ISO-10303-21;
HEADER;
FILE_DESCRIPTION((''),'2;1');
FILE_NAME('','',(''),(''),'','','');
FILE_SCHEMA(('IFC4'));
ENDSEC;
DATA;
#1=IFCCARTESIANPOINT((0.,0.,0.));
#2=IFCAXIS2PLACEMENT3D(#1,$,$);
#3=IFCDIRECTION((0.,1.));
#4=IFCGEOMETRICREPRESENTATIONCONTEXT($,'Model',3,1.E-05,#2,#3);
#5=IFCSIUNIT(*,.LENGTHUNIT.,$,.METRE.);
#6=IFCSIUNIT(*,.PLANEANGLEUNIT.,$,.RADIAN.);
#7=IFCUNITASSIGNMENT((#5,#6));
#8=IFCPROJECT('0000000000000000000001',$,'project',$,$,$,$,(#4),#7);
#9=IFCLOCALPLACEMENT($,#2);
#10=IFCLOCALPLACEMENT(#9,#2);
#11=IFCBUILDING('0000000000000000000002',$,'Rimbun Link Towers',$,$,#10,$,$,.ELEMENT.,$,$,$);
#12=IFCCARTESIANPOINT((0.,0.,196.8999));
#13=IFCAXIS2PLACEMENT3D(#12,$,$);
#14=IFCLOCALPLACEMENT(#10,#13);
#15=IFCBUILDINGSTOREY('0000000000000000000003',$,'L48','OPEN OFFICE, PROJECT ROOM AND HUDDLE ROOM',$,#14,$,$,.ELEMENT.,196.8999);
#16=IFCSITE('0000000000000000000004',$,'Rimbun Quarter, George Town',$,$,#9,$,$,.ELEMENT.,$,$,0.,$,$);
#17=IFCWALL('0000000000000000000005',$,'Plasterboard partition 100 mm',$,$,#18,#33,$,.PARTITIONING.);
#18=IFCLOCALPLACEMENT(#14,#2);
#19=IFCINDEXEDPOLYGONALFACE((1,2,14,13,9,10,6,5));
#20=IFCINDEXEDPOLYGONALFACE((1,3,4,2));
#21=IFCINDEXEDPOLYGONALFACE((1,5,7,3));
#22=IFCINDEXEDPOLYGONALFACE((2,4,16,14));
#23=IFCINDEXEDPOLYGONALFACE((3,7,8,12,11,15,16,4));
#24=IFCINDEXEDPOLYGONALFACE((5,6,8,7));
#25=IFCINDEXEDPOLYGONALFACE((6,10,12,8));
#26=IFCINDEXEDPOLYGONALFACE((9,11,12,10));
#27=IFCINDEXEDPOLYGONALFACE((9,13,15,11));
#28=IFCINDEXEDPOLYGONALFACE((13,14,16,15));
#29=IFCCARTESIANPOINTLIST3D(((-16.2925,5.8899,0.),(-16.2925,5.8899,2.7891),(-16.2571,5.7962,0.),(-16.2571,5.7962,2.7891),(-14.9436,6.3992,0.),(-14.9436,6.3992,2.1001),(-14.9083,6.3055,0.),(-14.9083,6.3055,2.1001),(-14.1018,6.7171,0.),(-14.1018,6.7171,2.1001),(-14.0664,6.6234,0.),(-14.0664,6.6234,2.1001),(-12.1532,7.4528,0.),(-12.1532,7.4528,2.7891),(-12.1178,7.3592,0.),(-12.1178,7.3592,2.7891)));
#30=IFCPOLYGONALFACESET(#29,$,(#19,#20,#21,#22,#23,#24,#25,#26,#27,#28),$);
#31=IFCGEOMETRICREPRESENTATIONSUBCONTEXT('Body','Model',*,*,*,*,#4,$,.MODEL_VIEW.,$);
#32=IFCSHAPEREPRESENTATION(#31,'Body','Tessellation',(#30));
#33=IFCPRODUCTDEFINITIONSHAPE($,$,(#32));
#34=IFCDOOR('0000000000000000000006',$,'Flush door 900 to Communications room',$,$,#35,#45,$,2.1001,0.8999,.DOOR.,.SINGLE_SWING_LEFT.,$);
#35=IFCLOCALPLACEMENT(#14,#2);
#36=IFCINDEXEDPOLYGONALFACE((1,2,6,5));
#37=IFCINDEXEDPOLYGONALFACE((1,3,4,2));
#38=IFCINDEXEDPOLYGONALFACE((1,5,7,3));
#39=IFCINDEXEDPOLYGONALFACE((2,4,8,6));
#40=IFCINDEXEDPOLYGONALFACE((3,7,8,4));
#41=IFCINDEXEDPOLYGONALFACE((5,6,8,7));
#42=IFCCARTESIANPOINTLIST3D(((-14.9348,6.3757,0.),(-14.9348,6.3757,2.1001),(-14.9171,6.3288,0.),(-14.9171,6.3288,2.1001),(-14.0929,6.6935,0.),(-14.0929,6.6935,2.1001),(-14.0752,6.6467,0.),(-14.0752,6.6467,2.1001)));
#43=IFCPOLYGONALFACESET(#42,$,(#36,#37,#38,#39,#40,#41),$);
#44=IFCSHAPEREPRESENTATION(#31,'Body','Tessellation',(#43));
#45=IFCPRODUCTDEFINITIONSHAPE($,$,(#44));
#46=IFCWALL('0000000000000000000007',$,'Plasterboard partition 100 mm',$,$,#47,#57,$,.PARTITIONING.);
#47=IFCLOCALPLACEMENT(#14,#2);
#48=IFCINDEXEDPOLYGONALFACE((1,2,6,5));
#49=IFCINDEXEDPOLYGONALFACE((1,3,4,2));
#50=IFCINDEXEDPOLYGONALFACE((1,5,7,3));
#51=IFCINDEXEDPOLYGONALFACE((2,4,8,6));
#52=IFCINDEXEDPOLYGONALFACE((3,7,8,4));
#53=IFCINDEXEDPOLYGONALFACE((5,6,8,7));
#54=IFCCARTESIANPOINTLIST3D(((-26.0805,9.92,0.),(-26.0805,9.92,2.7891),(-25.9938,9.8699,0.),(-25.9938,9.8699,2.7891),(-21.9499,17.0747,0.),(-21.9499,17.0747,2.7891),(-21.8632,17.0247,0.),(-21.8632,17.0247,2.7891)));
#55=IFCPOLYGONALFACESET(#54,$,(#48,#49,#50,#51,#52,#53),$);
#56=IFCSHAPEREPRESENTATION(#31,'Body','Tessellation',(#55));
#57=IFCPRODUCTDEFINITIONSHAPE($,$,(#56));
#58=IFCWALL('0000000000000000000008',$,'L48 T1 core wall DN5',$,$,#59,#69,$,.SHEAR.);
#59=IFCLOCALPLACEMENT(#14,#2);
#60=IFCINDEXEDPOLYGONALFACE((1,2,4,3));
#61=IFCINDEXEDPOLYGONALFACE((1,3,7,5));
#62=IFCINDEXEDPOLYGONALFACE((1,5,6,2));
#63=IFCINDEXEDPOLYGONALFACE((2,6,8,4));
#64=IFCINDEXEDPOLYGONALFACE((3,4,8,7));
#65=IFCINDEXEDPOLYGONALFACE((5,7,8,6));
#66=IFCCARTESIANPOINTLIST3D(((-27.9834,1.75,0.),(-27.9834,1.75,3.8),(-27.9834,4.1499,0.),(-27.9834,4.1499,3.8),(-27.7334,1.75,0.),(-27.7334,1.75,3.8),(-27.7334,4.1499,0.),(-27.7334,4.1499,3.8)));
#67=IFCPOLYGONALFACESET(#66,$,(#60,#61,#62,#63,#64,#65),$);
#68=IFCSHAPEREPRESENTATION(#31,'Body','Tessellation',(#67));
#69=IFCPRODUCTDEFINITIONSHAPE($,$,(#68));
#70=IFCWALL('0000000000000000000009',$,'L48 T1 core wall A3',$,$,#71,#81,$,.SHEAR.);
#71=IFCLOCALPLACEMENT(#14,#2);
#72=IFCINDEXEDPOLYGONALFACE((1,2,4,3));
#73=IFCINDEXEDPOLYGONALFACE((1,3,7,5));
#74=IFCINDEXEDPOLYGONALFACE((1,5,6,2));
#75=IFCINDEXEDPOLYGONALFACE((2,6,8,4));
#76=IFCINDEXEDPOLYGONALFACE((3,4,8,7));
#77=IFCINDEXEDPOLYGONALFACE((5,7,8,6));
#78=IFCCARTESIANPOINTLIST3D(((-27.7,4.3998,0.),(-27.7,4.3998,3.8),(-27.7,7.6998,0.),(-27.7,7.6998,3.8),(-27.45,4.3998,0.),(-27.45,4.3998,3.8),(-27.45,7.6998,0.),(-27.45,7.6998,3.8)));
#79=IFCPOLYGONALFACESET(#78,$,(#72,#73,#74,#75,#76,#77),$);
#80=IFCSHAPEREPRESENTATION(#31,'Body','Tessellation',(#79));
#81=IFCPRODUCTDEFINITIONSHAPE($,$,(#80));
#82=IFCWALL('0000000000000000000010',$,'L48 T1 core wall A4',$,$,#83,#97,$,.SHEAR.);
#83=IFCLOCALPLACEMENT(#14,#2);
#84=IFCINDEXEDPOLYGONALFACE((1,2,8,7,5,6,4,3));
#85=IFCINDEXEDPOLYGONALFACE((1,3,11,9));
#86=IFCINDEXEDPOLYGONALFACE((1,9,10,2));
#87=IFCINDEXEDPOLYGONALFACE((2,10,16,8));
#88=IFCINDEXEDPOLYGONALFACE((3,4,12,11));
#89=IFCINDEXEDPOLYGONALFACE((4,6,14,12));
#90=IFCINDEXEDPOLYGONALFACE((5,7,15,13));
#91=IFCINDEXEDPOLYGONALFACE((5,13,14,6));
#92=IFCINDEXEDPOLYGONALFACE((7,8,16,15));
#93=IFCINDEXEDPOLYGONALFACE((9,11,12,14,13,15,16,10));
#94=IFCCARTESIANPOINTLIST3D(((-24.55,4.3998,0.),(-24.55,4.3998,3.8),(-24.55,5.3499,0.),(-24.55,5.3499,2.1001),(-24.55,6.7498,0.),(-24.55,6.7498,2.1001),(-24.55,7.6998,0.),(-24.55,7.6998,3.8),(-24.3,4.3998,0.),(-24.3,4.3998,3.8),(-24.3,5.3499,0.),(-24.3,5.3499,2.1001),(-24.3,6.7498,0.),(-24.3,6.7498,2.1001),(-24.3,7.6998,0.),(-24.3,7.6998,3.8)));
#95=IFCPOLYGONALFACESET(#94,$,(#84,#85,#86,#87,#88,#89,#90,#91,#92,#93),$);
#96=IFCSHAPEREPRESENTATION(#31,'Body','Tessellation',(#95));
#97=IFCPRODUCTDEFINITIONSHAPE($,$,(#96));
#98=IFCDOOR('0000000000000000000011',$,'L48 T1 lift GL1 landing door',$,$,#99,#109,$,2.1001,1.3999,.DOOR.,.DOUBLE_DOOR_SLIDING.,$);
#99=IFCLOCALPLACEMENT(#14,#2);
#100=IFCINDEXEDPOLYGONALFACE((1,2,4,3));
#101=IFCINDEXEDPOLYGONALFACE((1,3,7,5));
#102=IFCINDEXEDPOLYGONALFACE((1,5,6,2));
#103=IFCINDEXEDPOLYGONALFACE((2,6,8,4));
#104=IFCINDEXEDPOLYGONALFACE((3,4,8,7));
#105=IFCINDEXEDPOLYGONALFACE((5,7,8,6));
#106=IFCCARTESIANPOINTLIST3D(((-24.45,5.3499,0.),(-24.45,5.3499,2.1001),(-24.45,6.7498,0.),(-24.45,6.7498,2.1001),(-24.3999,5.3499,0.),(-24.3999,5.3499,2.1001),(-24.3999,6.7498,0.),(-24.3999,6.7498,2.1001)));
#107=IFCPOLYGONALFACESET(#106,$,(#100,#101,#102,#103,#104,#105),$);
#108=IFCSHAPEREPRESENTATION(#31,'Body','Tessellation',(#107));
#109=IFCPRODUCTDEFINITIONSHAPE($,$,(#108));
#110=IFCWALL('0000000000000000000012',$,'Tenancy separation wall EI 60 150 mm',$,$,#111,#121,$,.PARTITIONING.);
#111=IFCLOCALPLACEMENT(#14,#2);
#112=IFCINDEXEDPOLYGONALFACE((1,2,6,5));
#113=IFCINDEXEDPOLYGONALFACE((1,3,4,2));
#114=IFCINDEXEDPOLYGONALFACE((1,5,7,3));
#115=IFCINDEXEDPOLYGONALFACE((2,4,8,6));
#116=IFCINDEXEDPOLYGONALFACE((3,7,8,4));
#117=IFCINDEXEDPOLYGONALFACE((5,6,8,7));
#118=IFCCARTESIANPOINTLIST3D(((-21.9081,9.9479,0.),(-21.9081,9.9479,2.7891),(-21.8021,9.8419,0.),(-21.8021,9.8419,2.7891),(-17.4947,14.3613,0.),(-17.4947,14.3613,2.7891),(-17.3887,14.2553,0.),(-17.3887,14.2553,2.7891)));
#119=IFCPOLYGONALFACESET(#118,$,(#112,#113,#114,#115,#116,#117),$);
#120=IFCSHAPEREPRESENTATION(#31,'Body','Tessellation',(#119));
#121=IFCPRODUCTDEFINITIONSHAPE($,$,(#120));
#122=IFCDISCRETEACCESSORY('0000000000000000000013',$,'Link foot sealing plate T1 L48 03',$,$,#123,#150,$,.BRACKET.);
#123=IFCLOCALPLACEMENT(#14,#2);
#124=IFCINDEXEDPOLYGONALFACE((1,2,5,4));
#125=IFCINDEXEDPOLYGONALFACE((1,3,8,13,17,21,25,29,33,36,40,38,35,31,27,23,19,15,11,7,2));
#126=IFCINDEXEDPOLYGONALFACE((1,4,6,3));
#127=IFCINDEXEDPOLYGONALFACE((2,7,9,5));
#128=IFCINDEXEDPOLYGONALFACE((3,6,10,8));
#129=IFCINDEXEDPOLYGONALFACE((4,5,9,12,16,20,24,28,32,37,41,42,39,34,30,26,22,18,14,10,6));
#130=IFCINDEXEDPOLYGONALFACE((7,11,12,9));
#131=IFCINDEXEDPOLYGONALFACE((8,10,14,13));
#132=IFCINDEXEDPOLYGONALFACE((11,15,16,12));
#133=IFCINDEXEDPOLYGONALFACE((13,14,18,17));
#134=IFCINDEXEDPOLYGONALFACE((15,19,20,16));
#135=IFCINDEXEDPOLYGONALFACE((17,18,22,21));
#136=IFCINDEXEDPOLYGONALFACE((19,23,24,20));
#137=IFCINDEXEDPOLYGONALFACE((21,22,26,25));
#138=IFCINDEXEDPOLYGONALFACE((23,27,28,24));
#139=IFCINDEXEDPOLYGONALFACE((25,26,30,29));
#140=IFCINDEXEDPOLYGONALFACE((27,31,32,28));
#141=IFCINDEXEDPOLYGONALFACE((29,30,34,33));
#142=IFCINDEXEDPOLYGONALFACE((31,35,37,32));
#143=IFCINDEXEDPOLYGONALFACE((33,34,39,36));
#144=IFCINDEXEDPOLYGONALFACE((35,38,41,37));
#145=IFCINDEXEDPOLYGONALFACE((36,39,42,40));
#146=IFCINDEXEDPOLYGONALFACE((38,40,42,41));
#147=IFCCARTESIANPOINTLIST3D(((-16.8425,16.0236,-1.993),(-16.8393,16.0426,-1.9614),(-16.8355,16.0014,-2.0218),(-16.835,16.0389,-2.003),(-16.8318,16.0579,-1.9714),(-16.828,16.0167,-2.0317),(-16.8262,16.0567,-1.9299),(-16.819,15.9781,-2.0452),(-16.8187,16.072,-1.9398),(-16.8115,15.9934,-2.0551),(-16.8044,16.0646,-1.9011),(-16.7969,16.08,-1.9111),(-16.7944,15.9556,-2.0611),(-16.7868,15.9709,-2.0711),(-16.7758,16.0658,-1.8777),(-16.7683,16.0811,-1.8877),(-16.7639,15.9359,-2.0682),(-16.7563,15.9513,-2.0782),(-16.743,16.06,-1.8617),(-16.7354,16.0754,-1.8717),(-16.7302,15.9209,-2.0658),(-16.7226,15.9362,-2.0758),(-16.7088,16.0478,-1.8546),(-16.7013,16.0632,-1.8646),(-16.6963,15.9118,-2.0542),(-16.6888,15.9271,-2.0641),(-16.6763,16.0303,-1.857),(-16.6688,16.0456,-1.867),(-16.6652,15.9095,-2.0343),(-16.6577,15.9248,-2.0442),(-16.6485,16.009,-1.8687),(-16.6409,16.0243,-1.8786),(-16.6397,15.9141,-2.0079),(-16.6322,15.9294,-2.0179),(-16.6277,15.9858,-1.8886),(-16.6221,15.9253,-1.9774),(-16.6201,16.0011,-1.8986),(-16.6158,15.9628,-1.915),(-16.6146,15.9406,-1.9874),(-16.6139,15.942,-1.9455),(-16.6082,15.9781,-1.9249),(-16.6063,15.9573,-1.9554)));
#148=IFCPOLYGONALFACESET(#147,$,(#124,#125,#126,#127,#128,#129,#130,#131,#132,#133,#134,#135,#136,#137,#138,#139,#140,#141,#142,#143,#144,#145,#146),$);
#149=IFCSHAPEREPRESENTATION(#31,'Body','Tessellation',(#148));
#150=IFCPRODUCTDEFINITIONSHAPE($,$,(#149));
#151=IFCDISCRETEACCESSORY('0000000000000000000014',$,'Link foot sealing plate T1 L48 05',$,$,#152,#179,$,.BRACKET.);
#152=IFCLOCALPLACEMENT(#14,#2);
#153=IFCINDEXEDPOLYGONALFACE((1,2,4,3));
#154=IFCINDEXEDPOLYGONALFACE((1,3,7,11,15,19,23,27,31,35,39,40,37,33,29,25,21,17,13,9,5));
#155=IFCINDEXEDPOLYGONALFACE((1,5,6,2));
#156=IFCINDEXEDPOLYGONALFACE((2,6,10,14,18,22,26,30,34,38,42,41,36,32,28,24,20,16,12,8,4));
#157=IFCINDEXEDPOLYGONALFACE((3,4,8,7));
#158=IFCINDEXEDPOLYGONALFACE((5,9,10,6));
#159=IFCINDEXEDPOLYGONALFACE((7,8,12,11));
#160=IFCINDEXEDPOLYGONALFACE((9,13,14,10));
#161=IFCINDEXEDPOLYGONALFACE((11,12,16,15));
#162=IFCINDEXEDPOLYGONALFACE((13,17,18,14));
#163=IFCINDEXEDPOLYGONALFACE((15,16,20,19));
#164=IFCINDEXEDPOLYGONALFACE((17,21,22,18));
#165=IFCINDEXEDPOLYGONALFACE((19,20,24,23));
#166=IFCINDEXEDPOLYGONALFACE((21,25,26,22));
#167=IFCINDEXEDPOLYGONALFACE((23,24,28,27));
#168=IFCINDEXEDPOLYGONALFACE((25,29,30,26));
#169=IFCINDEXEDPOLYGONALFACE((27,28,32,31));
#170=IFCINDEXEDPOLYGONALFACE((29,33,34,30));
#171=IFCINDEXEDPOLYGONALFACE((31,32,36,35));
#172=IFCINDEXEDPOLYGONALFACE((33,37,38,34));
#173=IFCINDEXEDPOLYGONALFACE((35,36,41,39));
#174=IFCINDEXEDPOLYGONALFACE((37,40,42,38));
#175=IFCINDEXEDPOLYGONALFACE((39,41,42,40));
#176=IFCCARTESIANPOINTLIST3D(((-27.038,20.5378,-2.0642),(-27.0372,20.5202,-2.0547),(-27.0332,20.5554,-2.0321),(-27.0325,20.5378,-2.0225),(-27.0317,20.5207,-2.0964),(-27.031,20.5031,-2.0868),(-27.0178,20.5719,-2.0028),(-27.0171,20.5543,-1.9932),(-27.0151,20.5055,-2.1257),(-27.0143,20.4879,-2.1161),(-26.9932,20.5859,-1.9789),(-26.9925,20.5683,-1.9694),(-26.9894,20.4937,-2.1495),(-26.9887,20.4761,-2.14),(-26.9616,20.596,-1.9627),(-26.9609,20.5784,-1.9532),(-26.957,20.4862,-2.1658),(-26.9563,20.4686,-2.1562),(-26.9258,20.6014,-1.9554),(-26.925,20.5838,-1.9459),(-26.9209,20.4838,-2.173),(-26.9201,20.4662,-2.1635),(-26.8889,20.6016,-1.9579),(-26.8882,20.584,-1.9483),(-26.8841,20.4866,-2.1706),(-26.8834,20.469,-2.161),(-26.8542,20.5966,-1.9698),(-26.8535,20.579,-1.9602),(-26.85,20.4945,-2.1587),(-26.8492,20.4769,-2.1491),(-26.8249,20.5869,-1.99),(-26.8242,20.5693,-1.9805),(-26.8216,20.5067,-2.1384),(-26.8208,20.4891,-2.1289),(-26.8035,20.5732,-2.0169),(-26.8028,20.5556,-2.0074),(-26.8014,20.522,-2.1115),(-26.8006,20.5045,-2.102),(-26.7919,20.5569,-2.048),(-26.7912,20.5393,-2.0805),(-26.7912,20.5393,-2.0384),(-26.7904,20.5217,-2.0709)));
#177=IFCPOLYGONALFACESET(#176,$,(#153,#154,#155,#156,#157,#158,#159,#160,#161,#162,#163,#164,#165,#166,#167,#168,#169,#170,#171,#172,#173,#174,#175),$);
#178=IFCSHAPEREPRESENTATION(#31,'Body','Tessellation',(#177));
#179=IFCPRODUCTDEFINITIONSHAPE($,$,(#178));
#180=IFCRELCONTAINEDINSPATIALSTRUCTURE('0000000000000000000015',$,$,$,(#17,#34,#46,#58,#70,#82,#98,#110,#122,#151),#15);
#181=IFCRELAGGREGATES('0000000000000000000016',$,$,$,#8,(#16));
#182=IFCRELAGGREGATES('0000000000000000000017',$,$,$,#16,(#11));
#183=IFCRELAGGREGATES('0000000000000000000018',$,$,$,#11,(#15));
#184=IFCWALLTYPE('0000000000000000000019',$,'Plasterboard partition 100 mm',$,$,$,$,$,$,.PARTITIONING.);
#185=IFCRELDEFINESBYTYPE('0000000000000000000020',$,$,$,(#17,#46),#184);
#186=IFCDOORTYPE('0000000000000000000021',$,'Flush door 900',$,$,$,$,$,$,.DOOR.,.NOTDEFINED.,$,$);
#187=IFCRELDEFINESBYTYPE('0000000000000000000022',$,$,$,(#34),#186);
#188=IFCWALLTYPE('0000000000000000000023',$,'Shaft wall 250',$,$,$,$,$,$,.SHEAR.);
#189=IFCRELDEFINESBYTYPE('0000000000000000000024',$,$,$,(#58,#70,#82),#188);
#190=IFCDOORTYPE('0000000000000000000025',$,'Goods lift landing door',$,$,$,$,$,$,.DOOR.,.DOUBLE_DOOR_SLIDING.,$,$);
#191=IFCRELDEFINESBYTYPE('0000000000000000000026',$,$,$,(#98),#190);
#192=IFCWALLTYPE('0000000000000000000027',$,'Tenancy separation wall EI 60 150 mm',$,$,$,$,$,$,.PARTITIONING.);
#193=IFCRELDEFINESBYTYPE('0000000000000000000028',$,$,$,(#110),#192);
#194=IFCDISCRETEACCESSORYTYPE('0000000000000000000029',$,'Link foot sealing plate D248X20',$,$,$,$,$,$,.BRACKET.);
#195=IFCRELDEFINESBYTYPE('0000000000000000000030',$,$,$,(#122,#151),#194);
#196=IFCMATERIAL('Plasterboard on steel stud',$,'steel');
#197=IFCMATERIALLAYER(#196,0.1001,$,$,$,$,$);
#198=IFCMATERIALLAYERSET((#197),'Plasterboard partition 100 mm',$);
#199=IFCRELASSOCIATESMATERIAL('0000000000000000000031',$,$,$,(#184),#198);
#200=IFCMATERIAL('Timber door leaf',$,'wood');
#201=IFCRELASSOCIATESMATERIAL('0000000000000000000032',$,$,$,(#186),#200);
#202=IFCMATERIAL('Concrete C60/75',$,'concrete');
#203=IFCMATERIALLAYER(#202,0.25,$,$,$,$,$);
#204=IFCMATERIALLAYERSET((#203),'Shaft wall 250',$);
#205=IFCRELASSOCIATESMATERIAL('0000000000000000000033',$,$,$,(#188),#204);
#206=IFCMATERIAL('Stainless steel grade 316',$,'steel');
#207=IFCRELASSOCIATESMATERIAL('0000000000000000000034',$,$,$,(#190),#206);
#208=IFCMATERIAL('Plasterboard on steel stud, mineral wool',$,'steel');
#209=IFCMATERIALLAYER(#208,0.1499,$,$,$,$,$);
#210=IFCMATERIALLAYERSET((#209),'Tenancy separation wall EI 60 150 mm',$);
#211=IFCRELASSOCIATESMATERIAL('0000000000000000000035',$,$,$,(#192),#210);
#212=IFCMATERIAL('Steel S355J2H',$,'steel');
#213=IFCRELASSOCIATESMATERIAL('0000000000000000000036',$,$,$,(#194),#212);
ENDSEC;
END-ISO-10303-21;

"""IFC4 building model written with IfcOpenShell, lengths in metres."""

from ifc_helpers import new_model, si_unit, direction, frame, frame_2d, origin, origin_2d, place, context, subcontext, project, spatial, rectangle, circle, extrude, material, layer, layer_set, material_profile, profile_set, type_object, element, fill, save


model = new_model("IFC4")

# Units and contexts
model_context = context("Model", 3, precision=1e-05, world=origin(), true_north=direction((0.0, 1.0)))
body_context = subcontext(model_context, "Body", "Model", "MODEL_VIEW")
ifc_project = project(units=[si_unit("LENGTHUNIT", "METRE"), si_unit("PLANEANGLEUNIT", "RADIAN")], contexts=[model_context])

# Site, building, storey
site_placement = place(None, origin())
site = spatial("IfcSite", under=ifc_project, at=site_placement, Name="Rimbun Quarter, George Town", CompositionType="ELEMENT", RefElevation=0.0)
building_placement = place(site_placement, origin())
building = spatial("IfcBuilding", under=site, at=building_placement, Name="Rimbun Link Towers", CompositionType="ELEMENT")
storey_placement = place(building_placement, frame((0.0, 0.0, 196.8999)))
storey = spatial("IfcBuildingStorey", under=building, at=storey_placement, Name="L48", Description="OPEN OFFICE, PROJECT ROOM AND HUDDLE ROOM", CompositionType="ELEMENT", Elevation=196.8999)

# Wall, opening, door
ifc_material_1 = material(Name="Plasterboard on steel stud", Category="steel")
ifc_layer_1 = layer(ifc_material_1, 0.1001)
ifc_layer_set_1 = layer_set([ifc_layer_1], Name="Plasterboard partition 100 mm")
wall_type_1 = type_object("IfcWallType", Name="Plasterboard partition 100 mm", PredefinedType="PARTITIONING", material=ifc_layer_set_1)
ifc_material_2 = material(Name="Timber door leaf", Category="wood")
door_type_1 = type_object("IfcDoorType", Name="Flush door 900", OperationType="NOTDEFINED", PredefinedType="DOOR", material=ifc_material_2)
wall_1_placement = place(storey_placement, frame((-16.2749, 5.843, 0.0), z_axis=(0.0, 0.0, 1.0), x_axis=(0.935531, 0.353245, 0.0)))
wall_1 = element("IfcWall", 1, at=wall_1_placement, inside=storey, type_object=wall_type_1, Name="Plasterboard partition 100 mm", PredefinedType="PARTITIONING", context=body_context, shape_type="SweptSolid", body=[
    extrude(rectangle(XDim=4.4246, YDim=0.1001, at=frame_2d((2.2124, 0.0))), origin(), (0.0, 0.0, 1.0), 2.7891),
])
opening_1_placement = place(wall_1_placement, frame((1.4419, 0.0, 0.0)))
opening_1 = element("IfcOpeningElement", 2, at=opening_1_placement, cuts=wall_1, PredefinedType="OPENING", context=body_context, shape_type="SweptSolid", body=[
    extrude(rectangle(XDim=0.8999, YDim=2.1001, at=frame_2d((0.45, 1.05))), frame((0.0, 0.0601, 0.0), z_axis=(0.0, -1.0, 0.0), x_axis=(1.0, 0.0, 0.0)), (0.0, 0.0, 1.0), 0.1201),
])
door_1_placement = place(opening_1_placement, origin())
door_1 = element("IfcDoor", 3, at=door_1_placement, inside=storey, type_object=door_type_1, Name="Flush door 900 to Communications room", OperationType="SINGLE_SWING_LEFT", OverallHeight=2.1001, OverallWidth=0.8999, PredefinedType="DOOR", context=body_context, shape_type="SweptSolid", body=[
    extrude(rectangle(XDim=0.8999, YDim=2.1001, at=frame_2d((0.45, 1.05))), frame((0.0, 0.0249, 0.0), z_axis=(0.0, -1.0, 0.0), x_axis=(1.0, 0.0, 0.0)), (0.0, 0.0, 1.0), 0.05),
])
fill(opening_1, door_1)

# Walls
wall_2_placement = place(storey_placement, frame((-21.9065, 17.0498, 0.0), z_axis=(0.0, 0.0, 1.0), x_axis=(-0.499982, -0.866036, 0.0)))
element("IfcWall", 4, at=wall_2_placement, inside=storey, type_object=wall_type_1, Name="Plasterboard partition 100 mm", PredefinedType="PARTITIONING", context=body_context, shape_type="SweptSolid", body=[
    extrude(rectangle(XDim=8.2615, YDim=0.1001, at=frame_2d((4.1309, 0.0))), origin(), (0.0, 0.0, 1.0), 2.7891),
])
ifc_material_3 = material(Name="Concrete C60/75", Category="concrete")
ifc_layer_2 = layer(ifc_material_3, 0.25)
ifc_layer_set_2 = layer_set([ifc_layer_2], Name="Shaft wall 250")
wall_type_2 = type_object("IfcWallType", Name="Shaft wall 250", PredefinedType="SHEAR", material=ifc_layer_set_2)
wall_3_placement = place(storey_placement, frame((-27.8584, 1.75, 0.0), z_axis=(0.0, 0.0, 1.0), x_axis=(0.0, 1.0, 0.0)))
element("IfcWall", 5, at=wall_3_placement, inside=storey, type_object=wall_type_2, Name="L48 T1 core wall DN5", PredefinedType="SHEAR", context=body_context, shape_type="SweptSolid", body=[
    extrude(rectangle(XDim=2.3999, YDim=0.25, at=frame_2d((1.2, 0.0))), origin(), (0.0, 0.0, 1.0), 3.8),
])
wall_4_placement = place(storey_placement, frame((-27.575, 4.3999, 0.0), z_axis=(0.0, 0.0, 1.0), x_axis=(0.0, 1.0, 0.0)))
element("IfcWall", 6, at=wall_4_placement, inside=storey, type_object=wall_type_2, Name="L48 T1 core wall A3", PredefinedType="SHEAR", context=body_context, shape_type="SweptSolid", body=[
    extrude(rectangle(XDim=3.3, YDim=0.25, at=frame_2d((1.6499, 0.0))), origin(), (0.0, 0.0, 1.0), 3.8),
])

# Wall, opening, door
wall_5_placement = place(storey_placement, frame((-24.425, 4.3999, 0.0), z_axis=(0.0, 0.0, 1.0), x_axis=(0.0, 1.0, 0.0)))
wall_5 = element("IfcWall", 7, at=wall_5_placement, inside=storey, type_object=wall_type_2, Name="L48 T1 core wall A4", PredefinedType="SHEAR", context=body_context, shape_type="SweptSolid", body=[
    extrude(rectangle(XDim=3.3, YDim=0.25, at=frame_2d((1.6499, 0.0))), origin(), (0.0, 0.0, 1.0), 3.8),
])
opening_2_placement = place(wall_5_placement, frame((0.95, 0.0, 0.0)))
opening_2 = element("IfcOpeningElement", 8, at=opening_2_placement, cuts=wall_5, PredefinedType="OPENING", context=body_context, shape_type="SweptSolid", body=[
    extrude(rectangle(XDim=1.3999, YDim=2.1001, at=frame_2d((0.7, 1.05))), frame((0.0, 0.135, 0.0), z_axis=(0.0, -1.0, 0.0), x_axis=(1.0, 0.0, 0.0)), (0.0, 0.0, 1.0), 0.27),
])
ifc_material_4 = material(Name="Stainless steel grade 316", Category="steel")
door_type_2 = type_object("IfcDoorType", Name="Goods lift landing door", OperationType="DOUBLE_DOOR_SLIDING", PredefinedType="DOOR", material=ifc_material_4)
door_2_placement = place(opening_2_placement, origin())
door_2 = element("IfcDoor", 9, at=door_2_placement, inside=storey, type_object=door_type_2, Name="L48 T1 lift GL1 landing door", OperationType="DOUBLE_DOOR_SLIDING", OverallHeight=2.1001, OverallWidth=1.3999, PredefinedType="DOOR", context=body_context, shape_type="SweptSolid", body=[
    extrude(rectangle(XDim=1.3999, YDim=2.1001, at=frame_2d((0.7, 1.05))), frame((0.0, 0.0249, 0.0), z_axis=(0.0, -1.0, 0.0), x_axis=(1.0, 0.0, 0.0)), (0.0, 0.0, 1.0), 0.05),
])
fill(opening_2, door_2)

# Wall
ifc_material_5 = material(Name="Plasterboard on steel stud, mineral wool", Category="steel")
ifc_layer_3 = layer(ifc_material_5, 0.1499)
ifc_layer_set_3 = layer_set([ifc_layer_3], Name="Tenancy separation wall EI 60 150 mm")
wall_type_3 = type_object("IfcWallType", Name="Tenancy separation wall EI 60 150 mm", PredefinedType="PARTITIONING", material=ifc_layer_set_3)
wall_6_placement = place(storey_placement, frame((-21.855, 9.895, 0.0), z_axis=(0.0, 0.0, 1.0), x_axis=(0.707107, 0.707107, 0.0)))
element("IfcWall", 10, at=wall_6_placement, inside=storey, type_object=wall_type_3, Name="Tenancy separation wall EI 60 150 mm", PredefinedType="PARTITIONING", context=body_context, shape_type="SweptSolid", body=[
    extrude(rectangle(XDim=6.2415, YDim=0.1499, at=frame_2d((3.1206, 0.0))), origin(), (0.0, 0.0, 1.0), 2.7891),
])

# Discrete accessories
ifc_material_6 = material(Name="Steel S355J2H", Category="steel")
ifc_material_profile_1 = material_profile(ifc_material_6, circle(Radius=0.124, at=origin_2d()), Name="PL D248")
ifc_profile_set_1 = profile_set([ifc_material_profile_1], Name="Steel S355J2H")
discrete_accessory_type = type_object("IfcDiscreteAccessoryType", Name="Link foot sealing plate D248X20", PredefinedType="BRACKET", material=ifc_profile_set_1)
discrete_accessory_1_placement = place(storey_placement, frame((-16.728, 15.9878, -1.9614), z_axis=(0.381266, 0.774831, -0.504255), x_axis=(-0.897257, 0.441508, 0.0)))
element("IfcDiscreteAccessory", 11, at=discrete_accessory_1_placement, inside=storey, type_object=discrete_accessory_type, Name="Link foot sealing plate T1 L48 03", PredefinedType="BRACKET", context=body_context, shape_type="SweptSolid", body=[
    extrude(circle(Radius=0.124, at=origin_2d()), origin(), (0.0, 0.0, 1.0), 0.0198),
])
discrete_accessory_2_placement = place(storey_placement, frame((-26.9133, 20.5254, -2.0547), z_axis=(-0.036613, 0.878702, -0.475964), x_axis=(-0.999133, -0.041631, 0.0)))
element("IfcDiscreteAccessory", 12, at=discrete_accessory_2_placement, inside=storey, type_object=discrete_accessory_type, Name="Link foot sealing plate T1 L48 05", PredefinedType="BRACKET", context=body_context, shape_type="SweptSolid", body=[
    extrude(circle(Radius=0.124, at=origin_2d()), origin(), (0.0, 0.0, 1.0), 0.02),
])

save(model, "model.ifc")
